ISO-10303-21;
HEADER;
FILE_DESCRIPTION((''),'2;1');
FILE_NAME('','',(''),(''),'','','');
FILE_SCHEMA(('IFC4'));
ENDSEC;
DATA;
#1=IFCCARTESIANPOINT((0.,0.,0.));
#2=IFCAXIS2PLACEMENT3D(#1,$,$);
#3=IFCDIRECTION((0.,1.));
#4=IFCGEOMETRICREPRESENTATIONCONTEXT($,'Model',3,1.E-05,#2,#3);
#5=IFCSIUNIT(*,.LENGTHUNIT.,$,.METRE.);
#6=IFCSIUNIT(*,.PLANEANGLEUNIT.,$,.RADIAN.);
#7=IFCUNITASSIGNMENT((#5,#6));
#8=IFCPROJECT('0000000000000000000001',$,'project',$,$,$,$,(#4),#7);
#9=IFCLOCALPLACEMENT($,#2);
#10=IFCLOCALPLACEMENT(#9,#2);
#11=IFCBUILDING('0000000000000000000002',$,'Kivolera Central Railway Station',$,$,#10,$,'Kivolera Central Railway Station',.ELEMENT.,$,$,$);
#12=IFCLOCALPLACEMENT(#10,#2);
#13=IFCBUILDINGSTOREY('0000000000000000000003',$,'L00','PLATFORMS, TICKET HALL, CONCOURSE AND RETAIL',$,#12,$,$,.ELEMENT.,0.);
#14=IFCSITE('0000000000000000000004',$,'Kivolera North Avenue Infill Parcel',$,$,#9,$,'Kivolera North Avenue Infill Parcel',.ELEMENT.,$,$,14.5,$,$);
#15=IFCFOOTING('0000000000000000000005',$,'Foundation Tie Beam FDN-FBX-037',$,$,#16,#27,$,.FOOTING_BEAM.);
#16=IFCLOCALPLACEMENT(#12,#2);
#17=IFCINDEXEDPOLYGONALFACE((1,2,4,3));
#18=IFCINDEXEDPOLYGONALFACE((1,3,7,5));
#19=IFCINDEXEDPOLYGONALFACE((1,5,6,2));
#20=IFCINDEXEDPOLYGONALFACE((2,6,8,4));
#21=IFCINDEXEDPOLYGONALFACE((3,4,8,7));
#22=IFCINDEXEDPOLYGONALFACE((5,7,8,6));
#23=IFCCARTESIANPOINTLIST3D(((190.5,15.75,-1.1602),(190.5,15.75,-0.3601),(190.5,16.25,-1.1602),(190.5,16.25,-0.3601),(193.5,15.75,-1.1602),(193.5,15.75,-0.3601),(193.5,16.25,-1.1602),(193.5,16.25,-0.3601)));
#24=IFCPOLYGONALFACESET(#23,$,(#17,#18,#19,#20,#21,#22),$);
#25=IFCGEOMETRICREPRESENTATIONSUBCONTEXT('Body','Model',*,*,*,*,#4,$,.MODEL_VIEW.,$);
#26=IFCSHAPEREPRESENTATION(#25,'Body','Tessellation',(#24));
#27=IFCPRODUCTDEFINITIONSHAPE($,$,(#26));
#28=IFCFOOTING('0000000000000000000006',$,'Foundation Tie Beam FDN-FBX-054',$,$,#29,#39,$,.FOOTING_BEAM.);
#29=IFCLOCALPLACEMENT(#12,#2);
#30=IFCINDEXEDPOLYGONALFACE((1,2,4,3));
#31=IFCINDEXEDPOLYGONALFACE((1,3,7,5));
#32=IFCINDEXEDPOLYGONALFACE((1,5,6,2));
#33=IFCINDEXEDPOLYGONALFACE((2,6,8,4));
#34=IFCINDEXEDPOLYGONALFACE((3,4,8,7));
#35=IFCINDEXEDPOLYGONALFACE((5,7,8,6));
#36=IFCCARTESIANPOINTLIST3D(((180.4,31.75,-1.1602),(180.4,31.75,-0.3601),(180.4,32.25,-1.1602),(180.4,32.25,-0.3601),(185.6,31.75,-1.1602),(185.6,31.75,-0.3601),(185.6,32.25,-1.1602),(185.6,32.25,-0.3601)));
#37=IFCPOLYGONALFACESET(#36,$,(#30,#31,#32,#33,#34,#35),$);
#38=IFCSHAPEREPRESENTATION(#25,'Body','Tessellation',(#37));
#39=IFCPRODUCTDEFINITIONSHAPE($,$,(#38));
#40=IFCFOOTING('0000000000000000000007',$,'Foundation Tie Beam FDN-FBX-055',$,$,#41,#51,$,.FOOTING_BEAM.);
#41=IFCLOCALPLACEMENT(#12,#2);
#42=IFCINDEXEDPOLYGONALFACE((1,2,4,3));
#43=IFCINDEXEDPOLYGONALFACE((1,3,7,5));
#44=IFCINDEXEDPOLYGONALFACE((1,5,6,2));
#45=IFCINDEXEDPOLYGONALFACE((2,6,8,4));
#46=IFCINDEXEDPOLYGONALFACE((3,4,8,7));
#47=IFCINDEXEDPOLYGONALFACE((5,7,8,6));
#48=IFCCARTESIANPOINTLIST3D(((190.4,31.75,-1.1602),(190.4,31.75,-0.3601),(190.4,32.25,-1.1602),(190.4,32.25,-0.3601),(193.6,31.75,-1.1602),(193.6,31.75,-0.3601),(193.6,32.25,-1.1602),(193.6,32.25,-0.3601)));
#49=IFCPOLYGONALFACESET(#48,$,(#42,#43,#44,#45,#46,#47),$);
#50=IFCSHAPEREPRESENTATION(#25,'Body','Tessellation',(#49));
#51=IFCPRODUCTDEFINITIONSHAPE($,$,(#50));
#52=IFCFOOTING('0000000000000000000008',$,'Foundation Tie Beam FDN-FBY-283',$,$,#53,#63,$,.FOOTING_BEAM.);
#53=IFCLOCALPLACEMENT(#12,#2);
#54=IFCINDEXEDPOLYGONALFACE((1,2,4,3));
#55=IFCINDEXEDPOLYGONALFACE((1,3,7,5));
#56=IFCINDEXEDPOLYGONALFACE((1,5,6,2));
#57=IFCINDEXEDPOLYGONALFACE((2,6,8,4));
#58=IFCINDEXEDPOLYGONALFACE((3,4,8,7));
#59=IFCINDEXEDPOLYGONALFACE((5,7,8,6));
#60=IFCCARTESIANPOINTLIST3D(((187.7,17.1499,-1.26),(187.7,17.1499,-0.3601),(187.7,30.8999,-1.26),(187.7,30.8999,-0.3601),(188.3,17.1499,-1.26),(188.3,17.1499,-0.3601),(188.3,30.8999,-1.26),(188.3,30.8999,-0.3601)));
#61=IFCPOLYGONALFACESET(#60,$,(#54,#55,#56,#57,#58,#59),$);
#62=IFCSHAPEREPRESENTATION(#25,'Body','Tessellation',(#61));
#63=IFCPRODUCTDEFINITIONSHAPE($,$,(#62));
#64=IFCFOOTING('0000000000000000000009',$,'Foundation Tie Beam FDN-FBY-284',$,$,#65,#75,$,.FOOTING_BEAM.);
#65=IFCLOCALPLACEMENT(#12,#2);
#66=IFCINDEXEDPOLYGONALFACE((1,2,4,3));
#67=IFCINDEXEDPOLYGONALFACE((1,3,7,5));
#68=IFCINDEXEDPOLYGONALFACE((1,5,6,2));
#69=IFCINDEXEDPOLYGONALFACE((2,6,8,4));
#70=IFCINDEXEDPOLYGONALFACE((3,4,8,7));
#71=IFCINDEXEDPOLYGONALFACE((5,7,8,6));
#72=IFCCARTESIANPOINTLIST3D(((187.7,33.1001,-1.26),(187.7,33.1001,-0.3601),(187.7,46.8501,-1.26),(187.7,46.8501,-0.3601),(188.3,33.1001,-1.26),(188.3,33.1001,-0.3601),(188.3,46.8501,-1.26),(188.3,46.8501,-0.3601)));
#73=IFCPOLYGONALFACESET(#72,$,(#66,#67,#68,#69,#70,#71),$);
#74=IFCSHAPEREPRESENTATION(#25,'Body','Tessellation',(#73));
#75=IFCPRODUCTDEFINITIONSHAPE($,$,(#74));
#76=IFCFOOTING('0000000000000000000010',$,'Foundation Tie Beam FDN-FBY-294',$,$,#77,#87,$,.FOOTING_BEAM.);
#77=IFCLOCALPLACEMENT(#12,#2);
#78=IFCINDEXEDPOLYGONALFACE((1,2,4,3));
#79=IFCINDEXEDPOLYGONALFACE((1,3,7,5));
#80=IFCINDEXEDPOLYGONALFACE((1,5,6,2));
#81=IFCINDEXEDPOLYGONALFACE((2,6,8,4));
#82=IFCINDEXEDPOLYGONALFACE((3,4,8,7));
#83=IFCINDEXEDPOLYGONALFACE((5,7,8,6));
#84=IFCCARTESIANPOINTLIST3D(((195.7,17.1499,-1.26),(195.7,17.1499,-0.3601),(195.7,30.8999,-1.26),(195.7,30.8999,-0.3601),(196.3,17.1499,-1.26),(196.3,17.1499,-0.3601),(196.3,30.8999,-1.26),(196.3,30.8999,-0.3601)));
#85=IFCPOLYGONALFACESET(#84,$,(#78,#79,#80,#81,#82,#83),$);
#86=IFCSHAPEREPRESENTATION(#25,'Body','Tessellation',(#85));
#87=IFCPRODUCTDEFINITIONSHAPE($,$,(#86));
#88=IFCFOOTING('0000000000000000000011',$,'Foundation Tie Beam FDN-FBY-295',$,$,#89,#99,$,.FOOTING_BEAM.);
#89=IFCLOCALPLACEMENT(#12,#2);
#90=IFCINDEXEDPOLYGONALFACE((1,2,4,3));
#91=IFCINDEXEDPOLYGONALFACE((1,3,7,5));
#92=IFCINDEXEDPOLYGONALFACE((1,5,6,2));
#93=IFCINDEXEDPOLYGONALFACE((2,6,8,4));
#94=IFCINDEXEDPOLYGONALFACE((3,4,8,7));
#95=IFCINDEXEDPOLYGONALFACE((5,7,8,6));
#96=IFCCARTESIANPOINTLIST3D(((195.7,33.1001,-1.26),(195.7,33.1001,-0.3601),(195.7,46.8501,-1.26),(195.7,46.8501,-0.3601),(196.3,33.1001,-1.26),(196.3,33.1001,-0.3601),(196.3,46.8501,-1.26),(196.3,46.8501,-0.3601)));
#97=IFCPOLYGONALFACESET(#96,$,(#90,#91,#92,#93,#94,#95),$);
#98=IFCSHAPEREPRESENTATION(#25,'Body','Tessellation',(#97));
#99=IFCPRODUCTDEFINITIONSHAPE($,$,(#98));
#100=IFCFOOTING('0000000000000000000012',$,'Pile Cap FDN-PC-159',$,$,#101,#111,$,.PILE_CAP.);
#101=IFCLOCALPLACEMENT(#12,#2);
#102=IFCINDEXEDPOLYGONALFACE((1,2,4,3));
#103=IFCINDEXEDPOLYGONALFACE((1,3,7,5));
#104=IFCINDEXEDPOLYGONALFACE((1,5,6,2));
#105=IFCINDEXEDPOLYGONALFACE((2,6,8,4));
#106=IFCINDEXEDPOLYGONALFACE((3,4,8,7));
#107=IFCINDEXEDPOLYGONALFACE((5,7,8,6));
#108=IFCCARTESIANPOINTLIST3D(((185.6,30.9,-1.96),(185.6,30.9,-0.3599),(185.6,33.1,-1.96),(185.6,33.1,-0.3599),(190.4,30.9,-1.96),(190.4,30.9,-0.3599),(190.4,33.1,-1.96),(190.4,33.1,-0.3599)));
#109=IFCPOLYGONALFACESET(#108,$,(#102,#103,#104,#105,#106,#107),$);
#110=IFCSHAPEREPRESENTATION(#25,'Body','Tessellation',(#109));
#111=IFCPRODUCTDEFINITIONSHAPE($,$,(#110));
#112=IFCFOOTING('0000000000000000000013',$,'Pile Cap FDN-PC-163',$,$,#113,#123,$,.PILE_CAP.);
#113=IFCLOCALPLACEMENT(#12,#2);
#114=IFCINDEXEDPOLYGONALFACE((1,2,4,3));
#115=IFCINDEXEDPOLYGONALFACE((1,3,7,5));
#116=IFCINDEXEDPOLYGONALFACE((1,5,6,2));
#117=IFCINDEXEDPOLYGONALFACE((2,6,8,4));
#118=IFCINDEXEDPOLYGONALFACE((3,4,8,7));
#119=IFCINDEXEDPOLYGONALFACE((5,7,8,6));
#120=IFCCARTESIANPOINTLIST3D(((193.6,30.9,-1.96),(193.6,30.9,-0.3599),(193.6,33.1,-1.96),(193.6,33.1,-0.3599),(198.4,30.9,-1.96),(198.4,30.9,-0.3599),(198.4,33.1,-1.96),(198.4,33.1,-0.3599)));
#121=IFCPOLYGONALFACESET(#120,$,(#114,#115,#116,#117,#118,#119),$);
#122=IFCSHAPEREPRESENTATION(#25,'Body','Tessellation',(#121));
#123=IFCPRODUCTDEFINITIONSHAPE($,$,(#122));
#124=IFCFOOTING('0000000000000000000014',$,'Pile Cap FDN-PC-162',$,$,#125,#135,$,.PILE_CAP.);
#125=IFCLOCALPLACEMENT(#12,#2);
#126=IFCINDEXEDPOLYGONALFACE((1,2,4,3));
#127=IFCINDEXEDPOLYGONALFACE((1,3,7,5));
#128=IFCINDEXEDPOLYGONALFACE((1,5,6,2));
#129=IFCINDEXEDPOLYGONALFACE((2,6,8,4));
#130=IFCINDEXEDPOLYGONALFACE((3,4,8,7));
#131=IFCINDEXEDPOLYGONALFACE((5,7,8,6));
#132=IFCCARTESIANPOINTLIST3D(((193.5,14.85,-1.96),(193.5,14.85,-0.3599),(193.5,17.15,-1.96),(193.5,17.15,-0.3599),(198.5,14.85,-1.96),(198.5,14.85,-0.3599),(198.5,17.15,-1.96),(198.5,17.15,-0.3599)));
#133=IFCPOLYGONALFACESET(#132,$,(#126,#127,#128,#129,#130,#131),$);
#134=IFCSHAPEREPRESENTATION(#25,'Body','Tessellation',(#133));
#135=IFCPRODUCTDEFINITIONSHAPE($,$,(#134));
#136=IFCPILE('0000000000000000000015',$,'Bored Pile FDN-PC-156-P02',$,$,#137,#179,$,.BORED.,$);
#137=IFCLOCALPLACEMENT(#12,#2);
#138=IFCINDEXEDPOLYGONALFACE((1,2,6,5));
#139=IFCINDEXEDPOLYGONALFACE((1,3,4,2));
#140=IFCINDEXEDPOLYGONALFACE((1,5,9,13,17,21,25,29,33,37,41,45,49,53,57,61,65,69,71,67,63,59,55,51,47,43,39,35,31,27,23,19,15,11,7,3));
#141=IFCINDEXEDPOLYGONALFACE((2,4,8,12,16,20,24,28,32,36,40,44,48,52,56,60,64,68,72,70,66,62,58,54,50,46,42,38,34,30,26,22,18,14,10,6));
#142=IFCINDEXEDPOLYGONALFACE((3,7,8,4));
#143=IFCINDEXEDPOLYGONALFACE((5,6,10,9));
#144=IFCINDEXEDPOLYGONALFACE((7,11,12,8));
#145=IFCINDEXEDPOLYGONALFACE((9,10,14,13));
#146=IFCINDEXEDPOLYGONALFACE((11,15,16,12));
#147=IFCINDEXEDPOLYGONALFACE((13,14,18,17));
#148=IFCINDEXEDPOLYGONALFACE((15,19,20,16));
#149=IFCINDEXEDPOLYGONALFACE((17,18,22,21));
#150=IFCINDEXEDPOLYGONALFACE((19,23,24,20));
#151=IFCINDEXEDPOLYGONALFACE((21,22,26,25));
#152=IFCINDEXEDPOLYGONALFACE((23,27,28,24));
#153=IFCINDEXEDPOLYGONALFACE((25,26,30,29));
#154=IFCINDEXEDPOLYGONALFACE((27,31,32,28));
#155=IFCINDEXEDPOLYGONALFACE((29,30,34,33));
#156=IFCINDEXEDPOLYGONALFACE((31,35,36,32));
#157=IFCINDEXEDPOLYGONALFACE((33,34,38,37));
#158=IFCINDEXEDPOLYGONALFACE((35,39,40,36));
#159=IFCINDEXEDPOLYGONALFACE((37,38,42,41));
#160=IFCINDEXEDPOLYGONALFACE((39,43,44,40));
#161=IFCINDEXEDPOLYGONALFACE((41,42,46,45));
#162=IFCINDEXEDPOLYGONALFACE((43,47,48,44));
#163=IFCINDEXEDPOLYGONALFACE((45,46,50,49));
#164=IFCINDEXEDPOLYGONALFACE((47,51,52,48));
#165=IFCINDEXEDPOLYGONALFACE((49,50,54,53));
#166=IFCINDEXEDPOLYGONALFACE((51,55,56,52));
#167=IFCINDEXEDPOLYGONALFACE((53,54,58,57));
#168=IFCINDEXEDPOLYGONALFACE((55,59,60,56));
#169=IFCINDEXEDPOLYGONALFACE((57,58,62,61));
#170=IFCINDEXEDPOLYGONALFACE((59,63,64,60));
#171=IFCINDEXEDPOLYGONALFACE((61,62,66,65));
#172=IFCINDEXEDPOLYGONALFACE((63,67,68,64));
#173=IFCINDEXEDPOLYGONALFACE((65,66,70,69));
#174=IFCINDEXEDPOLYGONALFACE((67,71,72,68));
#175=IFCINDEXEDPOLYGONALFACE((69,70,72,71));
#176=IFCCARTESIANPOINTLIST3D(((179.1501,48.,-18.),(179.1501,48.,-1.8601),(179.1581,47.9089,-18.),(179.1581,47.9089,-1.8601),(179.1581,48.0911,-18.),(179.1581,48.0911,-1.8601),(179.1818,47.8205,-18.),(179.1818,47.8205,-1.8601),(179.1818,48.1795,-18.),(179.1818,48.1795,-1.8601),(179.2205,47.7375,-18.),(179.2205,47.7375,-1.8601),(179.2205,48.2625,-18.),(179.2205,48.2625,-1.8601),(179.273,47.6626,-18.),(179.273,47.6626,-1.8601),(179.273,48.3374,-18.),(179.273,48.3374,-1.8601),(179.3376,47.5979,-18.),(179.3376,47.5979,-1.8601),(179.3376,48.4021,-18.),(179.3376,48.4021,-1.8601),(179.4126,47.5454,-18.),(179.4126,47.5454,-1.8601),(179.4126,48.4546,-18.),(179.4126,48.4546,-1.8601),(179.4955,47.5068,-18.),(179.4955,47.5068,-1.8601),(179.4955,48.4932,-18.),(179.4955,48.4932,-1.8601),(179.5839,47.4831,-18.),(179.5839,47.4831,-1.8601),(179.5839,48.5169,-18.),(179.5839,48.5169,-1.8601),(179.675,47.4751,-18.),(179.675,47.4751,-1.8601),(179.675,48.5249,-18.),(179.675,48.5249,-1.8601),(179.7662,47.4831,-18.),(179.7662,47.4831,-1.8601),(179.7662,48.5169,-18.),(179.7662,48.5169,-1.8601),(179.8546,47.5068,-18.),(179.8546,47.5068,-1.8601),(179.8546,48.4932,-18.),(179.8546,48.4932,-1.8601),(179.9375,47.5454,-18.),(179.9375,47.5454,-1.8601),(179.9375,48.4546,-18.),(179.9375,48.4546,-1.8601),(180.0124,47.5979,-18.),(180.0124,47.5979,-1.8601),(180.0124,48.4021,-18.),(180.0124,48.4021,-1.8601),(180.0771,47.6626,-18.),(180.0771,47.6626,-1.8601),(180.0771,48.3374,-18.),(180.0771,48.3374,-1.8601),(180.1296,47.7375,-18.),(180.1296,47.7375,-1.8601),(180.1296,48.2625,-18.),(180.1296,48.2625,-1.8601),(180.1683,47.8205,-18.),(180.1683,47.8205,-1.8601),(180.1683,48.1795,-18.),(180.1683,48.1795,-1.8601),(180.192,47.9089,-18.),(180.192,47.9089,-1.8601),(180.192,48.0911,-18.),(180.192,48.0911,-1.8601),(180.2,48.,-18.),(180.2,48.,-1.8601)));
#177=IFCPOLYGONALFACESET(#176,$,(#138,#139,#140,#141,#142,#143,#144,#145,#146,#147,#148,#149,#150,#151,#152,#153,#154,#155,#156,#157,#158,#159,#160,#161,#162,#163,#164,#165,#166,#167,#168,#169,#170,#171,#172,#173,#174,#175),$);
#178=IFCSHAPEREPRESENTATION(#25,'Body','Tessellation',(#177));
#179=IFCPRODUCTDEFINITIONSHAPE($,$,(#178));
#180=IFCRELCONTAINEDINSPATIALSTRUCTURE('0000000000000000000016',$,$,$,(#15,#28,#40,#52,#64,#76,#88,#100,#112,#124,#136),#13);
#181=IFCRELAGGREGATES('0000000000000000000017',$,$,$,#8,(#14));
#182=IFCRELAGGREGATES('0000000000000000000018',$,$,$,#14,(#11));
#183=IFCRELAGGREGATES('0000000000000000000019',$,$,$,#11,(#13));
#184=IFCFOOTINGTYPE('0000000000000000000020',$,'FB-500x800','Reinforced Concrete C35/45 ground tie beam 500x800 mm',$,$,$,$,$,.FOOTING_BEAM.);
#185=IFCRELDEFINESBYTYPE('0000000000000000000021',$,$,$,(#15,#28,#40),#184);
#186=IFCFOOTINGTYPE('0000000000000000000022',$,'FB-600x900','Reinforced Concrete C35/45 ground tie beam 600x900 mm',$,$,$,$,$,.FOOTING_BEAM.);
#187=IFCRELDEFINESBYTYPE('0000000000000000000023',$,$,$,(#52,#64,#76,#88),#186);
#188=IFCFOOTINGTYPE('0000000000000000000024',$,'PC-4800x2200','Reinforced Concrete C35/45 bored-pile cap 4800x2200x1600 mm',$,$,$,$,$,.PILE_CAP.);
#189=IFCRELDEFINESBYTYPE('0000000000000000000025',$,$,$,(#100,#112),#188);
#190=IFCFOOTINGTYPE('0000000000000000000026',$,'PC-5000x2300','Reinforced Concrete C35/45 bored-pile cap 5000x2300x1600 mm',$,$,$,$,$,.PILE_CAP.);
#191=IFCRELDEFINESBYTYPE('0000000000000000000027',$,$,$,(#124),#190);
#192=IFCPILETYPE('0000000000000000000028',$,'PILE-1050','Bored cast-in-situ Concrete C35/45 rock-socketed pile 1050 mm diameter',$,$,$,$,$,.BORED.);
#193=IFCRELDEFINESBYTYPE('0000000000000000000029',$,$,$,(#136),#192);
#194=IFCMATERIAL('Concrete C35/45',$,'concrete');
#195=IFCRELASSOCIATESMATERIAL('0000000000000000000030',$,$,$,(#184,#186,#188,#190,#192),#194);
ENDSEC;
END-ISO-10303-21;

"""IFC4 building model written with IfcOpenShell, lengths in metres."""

from ifc_helpers import new_model, si_unit, direction, frame, origin, origin_2d, place, context, subcontext, project, spatial, rectangle, circle, extrude, material, material_profile, profile_set, type_object, element, save


model = new_model("IFC4")

# Units and contexts
model_context = context("Model", 3, precision=1e-05, world=origin(), true_north=direction((0.0, 1.0)))
body_context = subcontext(model_context, "Body", "Model", "MODEL_VIEW")
ifc_project = project(units=[si_unit("LENGTHUNIT", "METRE"), si_unit("PLANEANGLEUNIT", "RADIAN")], contexts=[model_context])

# Site, building, storey
site_placement = place(None, origin())
site = spatial("IfcSite", under=ifc_project, at=site_placement, Name="Kivolera North Avenue Infill Parcel", LongName="Kivolera North Avenue Infill Parcel", CompositionType="ELEMENT", RefElevation=14.5)
building_placement = place(site_placement, origin())
building = spatial("IfcBuilding", under=site, at=building_placement, Name="Kivolera Central Railway Station", LongName="Kivolera Central Railway Station", CompositionType="ELEMENT")
storey_placement = place(building_placement, origin())
storey = spatial("IfcBuildingStorey", under=building, at=storey_placement, Name="L00", Description="PLATFORMS, TICKET HALL, CONCOURSE AND RETAIL", CompositionType="ELEMENT", Elevation=0.0)

# Footings
ifc_material_1 = material(Name="Concrete C35/45", Category="concrete")
footing_type_1 = type_object("IfcFootingType", Name="FB-500x800", Description="Reinforced Concrete C35/45 ground tie beam 500x800 mm", PredefinedType="FOOTING_BEAM", material=ifc_material_1)
footing_1_placement = place(storey_placement, frame((192.0, 16.0, -1.1602), z_axis=(0.0, 0.0, 1.0), x_axis=(1.0, 0.0, 0.0)))
element("IfcFooting", 1, at=footing_1_placement, inside=storey, type_object=footing_type_1, Name="Foundation Tie Beam FDN-FBX-037", PredefinedType="FOOTING_BEAM", context=body_context, shape_type="SweptSolid", body=[
    extrude(rectangle(XDim=3.0, YDim=0.5, at=origin_2d()), origin(), (0.0, 0.0, 1.0), 0.8),
])
footing_2_placement = place(storey_placement, frame((183.0, 32.0, -1.1602), z_axis=(0.0, 0.0, 1.0), x_axis=(1.0, 0.0, 0.0)))
element("IfcFooting", 2, at=footing_2_placement, inside=storey, type_object=footing_type_1, Name="Foundation Tie Beam FDN-FBX-054", PredefinedType="FOOTING_BEAM", context=body_context, shape_type="SweptSolid", body=[
    extrude(rectangle(XDim=5.2, YDim=0.5, at=origin_2d()), origin(), (0.0, 0.0, 1.0), 0.8),
])
footing_3_placement = place(storey_placement, frame((192.0, 32.0, -1.1602), z_axis=(0.0, 0.0, 1.0), x_axis=(1.0, 0.0, 0.0)))
element("IfcFooting", 3, at=footing_3_placement, inside=storey, type_object=footing_type_1, Name="Foundation Tie Beam FDN-FBX-055", PredefinedType="FOOTING_BEAM", context=body_context, shape_type="SweptSolid", body=[
    extrude(rectangle(XDim=3.2, YDim=0.5, at=origin_2d()), origin(), (0.0, 0.0, 1.0), 0.8),
])
footing_type_2 = type_object("IfcFootingType", Name="FB-600x900", Description="Reinforced Concrete C35/45 ground tie beam 600x900 mm", PredefinedType="FOOTING_BEAM", material=ifc_material_1)
for number, where, z_axis, x_axis, name in (
    (4, (188.0, 24.0249, -1.26), (0.0, 0.0, 1.0), (1.0, 0.0, 0.0), "Foundation Tie Beam FDN-FBY-283"),
    (5, (188.0, 39.9751, -1.26), (0.0, 0.0, 1.0), (1.0, 0.0, 0.0), "Foundation Tie Beam FDN-FBY-284"),
    (6, (196.0, 24.0249, -1.26), (0.0, 0.0, 1.0), (1.0, 0.0, 0.0), "Foundation Tie Beam FDN-FBY-294"),
    (7, (196.0, 39.9751, -1.26), (0.0, 0.0, 1.0), (1.0, 0.0, 0.0), "Foundation Tie Beam FDN-FBY-295"),
):
    element("IfcFooting", number, at=place(storey_placement, frame(where, z_axis=z_axis, x_axis=x_axis)), inside=storey, type_object=footing_type_2, Name=name, PredefinedType="FOOTING_BEAM", context=body_context, shape_type="SweptSolid", body=[
        extrude(rectangle(XDim=0.6001, YDim=13.75, at=origin_2d()), origin(), (0.0, 0.0, 1.0), 0.8999),
    ])
footing_type_3 = type_object("IfcFootingType", Name="PC-4800x2200", Description="Reinforced Concrete C35/45 bored-pile cap 4800x2200x1600 mm", PredefinedType="PILE_CAP", material=ifc_material_1)
for number, where, z_axis, x_axis, name in (
    (8, (188.0, 32.0, -1.96), (0.0, 0.0, 1.0), (1.0, 0.0, 0.0), "Pile Cap FDN-PC-159"),
    (9, (196.0, 32.0, -1.96), (0.0, 0.0, 1.0), (1.0, 0.0, 0.0), "Pile Cap FDN-PC-163"),
):
    element("IfcFooting", number, at=place(storey_placement, frame(where, z_axis=z_axis, x_axis=x_axis)), inside=storey, type_object=footing_type_3, Name=name, PredefinedType="PILE_CAP", context=body_context, shape_type="SweptSolid", body=[
        extrude(rectangle(XDim=4.8, YDim=2.2, at=origin_2d()), origin(), (0.0, 0.0, 1.0), 1.6001),
    ])
footing_type_4 = type_object("IfcFootingType", Name="PC-5000x2300", Description="Reinforced Concrete C35/45 bored-pile cap 5000x2300x1600 mm", PredefinedType="PILE_CAP", material=ifc_material_1)
footing_4_placement = place(storey_placement, frame((196.0, 16.0, -1.96), z_axis=(0.0, 0.0, 1.0), x_axis=(1.0, 0.0, 0.0)))
element("IfcFooting", 10, at=footing_4_placement, inside=storey, type_object=footing_type_4, Name="Pile Cap FDN-PC-162", PredefinedType="PILE_CAP", context=body_context, shape_type="SweptSolid", body=[
    extrude(rectangle(XDim=5.0, YDim=2.3, at=origin_2d()), origin(), (0.0, 0.0, 1.0), 1.6001),
])

# Pile
ifc_material_profile_1 = material_profile(ifc_material_1, circle(Radius=0.5249, at=origin_2d()), Name="PILE D1050")
ifc_profile_set_1 = profile_set([ifc_material_profile_1], Name="Concrete C35/45")
pile_type = type_object("IfcPileType", Name="PILE-1050", Description="Bored cast-in-situ Concrete C35/45 rock-socketed pile 1050 mm diameter", PredefinedType="BORED", material=ifc_profile_set_1)
for number, where, z_axis, x_axis, name in (
    (11, (179.675, 48.0, -1.8601), (0.0, 0.0, -1.0), (1.0, 0.0, 0.0), "Bored Pile FDN-PC-156-P02"),
):
    element("IfcPile", number, at=place(storey_placement, frame(where, z_axis=z_axis, x_axis=x_axis)), inside=storey, type_object=pile_type, Name=name, PredefinedType="BORED", context=body_context, shape_type="SweptSolid", body=[
        extrude(circle(Radius=0.5249, at=origin_2d()), origin(), (0.0, 0.0, 1.0), 16.1399),
    ])

save(model, "model.ifc")
